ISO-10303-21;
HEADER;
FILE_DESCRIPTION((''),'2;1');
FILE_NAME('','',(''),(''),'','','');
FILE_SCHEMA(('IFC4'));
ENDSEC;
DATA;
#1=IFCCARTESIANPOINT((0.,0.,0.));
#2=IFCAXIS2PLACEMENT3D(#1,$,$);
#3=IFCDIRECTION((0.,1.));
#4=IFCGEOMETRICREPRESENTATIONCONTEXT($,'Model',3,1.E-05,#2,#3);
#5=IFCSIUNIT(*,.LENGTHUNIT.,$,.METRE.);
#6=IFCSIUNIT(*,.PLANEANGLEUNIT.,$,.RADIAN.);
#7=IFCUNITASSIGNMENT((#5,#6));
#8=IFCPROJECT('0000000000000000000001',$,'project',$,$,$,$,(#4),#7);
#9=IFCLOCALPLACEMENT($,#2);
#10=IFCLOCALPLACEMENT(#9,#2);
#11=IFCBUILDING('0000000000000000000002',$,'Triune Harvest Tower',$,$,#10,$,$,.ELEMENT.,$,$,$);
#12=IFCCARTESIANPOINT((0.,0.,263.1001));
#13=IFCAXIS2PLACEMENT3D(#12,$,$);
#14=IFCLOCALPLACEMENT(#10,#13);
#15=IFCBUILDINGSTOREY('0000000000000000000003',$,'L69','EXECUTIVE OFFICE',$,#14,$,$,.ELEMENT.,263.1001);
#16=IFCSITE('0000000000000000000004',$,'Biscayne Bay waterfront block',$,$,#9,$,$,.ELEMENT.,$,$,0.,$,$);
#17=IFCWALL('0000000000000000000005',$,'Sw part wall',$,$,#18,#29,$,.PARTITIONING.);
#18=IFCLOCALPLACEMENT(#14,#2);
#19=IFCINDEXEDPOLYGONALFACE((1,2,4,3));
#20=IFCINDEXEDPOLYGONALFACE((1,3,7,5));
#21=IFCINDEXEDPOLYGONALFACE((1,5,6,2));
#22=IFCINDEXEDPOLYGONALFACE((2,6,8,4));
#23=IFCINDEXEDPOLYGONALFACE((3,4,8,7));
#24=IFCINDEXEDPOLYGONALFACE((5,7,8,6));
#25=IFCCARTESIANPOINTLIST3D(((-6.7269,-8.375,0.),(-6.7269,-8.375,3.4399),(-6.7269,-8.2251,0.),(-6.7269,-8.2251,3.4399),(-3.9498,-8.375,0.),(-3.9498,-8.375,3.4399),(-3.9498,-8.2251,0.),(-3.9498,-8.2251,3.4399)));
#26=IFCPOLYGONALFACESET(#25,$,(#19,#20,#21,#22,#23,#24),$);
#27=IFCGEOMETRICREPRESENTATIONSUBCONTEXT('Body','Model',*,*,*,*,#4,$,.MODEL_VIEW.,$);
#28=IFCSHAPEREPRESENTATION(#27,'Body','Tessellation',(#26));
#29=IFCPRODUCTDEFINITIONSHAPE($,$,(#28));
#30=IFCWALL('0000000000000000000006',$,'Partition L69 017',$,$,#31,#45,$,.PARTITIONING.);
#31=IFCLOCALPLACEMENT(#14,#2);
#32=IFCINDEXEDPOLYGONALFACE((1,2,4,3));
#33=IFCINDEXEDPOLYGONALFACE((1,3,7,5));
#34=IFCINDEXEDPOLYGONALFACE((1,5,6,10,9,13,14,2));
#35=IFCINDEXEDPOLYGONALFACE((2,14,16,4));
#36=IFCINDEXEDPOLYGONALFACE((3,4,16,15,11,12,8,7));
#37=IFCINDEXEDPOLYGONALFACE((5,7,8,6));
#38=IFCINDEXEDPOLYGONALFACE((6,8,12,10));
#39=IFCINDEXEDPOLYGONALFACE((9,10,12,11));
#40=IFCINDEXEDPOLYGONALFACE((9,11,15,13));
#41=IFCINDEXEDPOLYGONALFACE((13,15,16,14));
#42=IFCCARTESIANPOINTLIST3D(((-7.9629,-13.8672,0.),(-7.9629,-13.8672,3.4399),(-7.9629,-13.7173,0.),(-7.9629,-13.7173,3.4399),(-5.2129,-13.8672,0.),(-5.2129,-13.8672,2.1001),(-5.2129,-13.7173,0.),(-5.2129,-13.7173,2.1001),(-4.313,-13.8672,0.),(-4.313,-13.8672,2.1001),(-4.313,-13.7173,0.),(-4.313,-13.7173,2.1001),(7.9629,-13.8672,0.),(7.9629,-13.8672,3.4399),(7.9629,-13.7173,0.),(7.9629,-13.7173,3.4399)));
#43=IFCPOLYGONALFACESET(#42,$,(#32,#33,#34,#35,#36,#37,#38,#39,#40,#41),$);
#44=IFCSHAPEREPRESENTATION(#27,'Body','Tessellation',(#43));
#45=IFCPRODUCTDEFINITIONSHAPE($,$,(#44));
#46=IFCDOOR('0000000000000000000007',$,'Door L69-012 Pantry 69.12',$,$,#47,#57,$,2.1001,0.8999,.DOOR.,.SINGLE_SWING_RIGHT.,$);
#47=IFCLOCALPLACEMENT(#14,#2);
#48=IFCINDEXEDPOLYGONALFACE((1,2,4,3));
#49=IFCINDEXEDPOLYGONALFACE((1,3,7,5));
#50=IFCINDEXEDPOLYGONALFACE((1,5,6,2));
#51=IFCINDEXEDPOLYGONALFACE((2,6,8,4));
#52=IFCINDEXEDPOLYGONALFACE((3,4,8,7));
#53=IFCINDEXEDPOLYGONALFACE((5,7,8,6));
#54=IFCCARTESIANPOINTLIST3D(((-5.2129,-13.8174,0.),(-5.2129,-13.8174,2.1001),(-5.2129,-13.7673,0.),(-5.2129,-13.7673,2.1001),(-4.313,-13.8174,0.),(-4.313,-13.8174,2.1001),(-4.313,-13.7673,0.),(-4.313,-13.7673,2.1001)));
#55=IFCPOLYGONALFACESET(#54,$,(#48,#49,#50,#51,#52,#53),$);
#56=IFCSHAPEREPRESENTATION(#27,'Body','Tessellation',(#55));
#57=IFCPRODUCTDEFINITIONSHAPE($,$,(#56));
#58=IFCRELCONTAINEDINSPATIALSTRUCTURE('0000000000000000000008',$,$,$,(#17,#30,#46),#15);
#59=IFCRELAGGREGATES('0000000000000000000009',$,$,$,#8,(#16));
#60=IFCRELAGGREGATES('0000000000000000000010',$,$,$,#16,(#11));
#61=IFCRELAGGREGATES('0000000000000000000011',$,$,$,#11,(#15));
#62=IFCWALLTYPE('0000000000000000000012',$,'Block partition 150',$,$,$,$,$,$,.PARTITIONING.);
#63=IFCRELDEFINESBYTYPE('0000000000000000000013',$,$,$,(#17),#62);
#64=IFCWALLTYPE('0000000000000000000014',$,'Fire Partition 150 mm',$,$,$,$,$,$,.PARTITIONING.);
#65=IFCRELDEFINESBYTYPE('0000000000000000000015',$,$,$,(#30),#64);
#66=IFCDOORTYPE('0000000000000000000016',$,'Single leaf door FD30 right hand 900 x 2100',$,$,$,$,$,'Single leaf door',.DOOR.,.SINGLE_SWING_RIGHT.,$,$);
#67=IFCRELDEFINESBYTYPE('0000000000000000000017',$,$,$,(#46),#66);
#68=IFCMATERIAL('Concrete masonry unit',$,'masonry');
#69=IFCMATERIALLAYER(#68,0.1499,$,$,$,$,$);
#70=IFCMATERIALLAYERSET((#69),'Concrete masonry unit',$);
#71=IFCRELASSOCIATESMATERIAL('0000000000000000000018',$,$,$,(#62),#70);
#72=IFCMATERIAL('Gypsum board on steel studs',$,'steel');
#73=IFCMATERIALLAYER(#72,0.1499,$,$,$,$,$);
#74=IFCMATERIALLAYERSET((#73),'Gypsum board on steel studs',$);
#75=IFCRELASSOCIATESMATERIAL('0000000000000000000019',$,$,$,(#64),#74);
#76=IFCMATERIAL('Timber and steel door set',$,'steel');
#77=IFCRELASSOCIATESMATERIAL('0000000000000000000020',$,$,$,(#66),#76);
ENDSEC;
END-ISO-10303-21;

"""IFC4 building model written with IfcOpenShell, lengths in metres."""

from ifc_helpers import new_model, si_unit, direction, frame, frame_2d, origin, place, context, subcontext, project, spatial, rectangle, extrude, source, transform, mapped, material, layer, layer_set, type_object, element, fill, save


model = new_model("IFC4")

# Units and contexts
model_context = context("Model", 3, precision=1e-05, world=origin(), true_north=direction((0.0, 1.0)))
body_context = subcontext(model_context, "Body", "Model", "MODEL_VIEW")
ifc_project = project(units=[si_unit("LENGTHUNIT", "METRE"), si_unit("PLANEANGLEUNIT", "RADIAN")], contexts=[model_context])

# Site, building, storey
site_placement = place(None, origin())
site = spatial("IfcSite", under=ifc_project, at=site_placement, Name="Biscayne Bay waterfront block", CompositionType="ELEMENT", RefElevation=0.0)
building_placement = place(site_placement, origin())
building = spatial("IfcBuilding", under=site, at=building_placement, Name="Triune Harvest Tower", CompositionType="ELEMENT")
storey_placement = place(building_placement, frame((0.0, 0.0, 263.1001)))
storey = spatial("IfcBuildingStorey", under=building, at=storey_placement, Name="L69", Description="EXECUTIVE OFFICE", CompositionType="ELEMENT", Elevation=263.1001)

# Wall
ifc_material_1 = material(Name="Concrete masonry unit", Category="masonry")
ifc_layer_1 = layer(ifc_material_1, 0.1499)
ifc_layer_set_1 = layer_set([ifc_layer_1], Name="Concrete masonry unit")
wall_type_1 = type_object("IfcWallType", Name="Block partition 150", PredefinedType="PARTITIONING", material=ifc_layer_set_1)
shared_shape_1 = source(origin(), body_context, "Body", "SweptSolid", [
    extrude(rectangle(XDim=2.7771, YDim=0.1499, at=frame_2d((1.3887, 0.0))), origin(), (0.0, 0.0, 1.0), 3.4399),
])
wall_1_placement = place(storey_placement, frame((-6.7271, -8.3, 0.0), z_axis=(0.0, 0.0, 1.0), x_axis=(1.0, 0.0, 0.0)))
element("IfcWall", 1, at=wall_1_placement, inside=storey, type_object=wall_type_1, Name="Sw part wall", PredefinedType="PARTITIONING", context=body_context, shape_type="MappedRepresentation", body=[
    mapped(shared_shape_1, transform((0.0, 0.0, 0.0), scale=1.0)),
])

# Wall, opening, door
ifc_material_2 = material(Name="Gypsum board on steel studs", Category="steel")
ifc_layer_2 = layer(ifc_material_2, 0.1499)
ifc_layer_set_2 = layer_set([ifc_layer_2], Name="Gypsum board on steel studs")
wall_type_2 = type_object("IfcWallType", Name="Fire Partition 150 mm", PredefinedType="PARTITIONING", material=ifc_layer_set_2)
shared_shape_2 = source(origin(), body_context, "Body", "SweptSolid", [
    extrude(rectangle(XDim=15.9258, YDim=0.1499, at=frame_2d((7.9629, 0.0))), origin(), (0.0, 0.0, 1.0), 3.4399),
])
wall_2_placement = place(storey_placement, frame((-7.9629, -13.7922, 0.0), z_axis=(0.0, 0.0, 1.0), x_axis=(1.0, 0.0, 0.0)))
wall_2 = element("IfcWall", 2, at=wall_2_placement, inside=storey, type_object=wall_type_2, Name="Partition L69 017", PredefinedType="PARTITIONING", context=body_context, shape_type="MappedRepresentation", body=[
    mapped(shared_shape_2, transform((0.0, 0.0, 0.0), scale=1.0)),
])
opening_1_placement = place(wall_2_placement, frame((2.75, 0.0, 0.0)))
opening_1 = element("IfcOpeningElement", 3, at=opening_1_placement, cuts=wall_2, PredefinedType="OPENING", context=body_context, shape_type="SweptSolid", body=[
    extrude(rectangle(XDim=0.8999, YDim=2.1001, at=frame_2d((0.45, 1.05))), frame((0.0, 0.085, 0.0), z_axis=(0.0, -1.0, 0.0), x_axis=(1.0, 0.0, 0.0)), (0.0, 0.0, 1.0), 0.1699),
])
ifc_material_3 = material(Name="Timber and steel door set", Category="steel")
door_type_1 = type_object("IfcDoorType", Name="Single leaf door FD30 right hand 900 x 2100", ElementType="Single leaf door", OperationType="SINGLE_SWING_RIGHT", PredefinedType="DOOR", material=ifc_material_3)
door_1_placement = place(opening_1_placement, origin())
door_1 = element("IfcDoor", 4, at=door_1_placement, inside=storey, type_object=door_type_1, Name="Door L69-012 Pantry 69.12", OperationType="SINGLE_SWING_RIGHT", OverallHeight=2.1001, OverallWidth=0.8999, PredefinedType="DOOR", context=body_context, shape_type="SweptSolid", body=[
    extrude(rectangle(XDim=0.8999, YDim=2.1001, at=frame_2d((0.45, 1.05))), frame((0.0, 0.0249, 0.0), z_axis=(0.0, -1.0, 0.0), x_axis=(1.0, 0.0, 0.0)), (0.0, 0.0, 1.0), 0.05),
])
fill(opening_1, door_1)

save(model, "model.ifc")
